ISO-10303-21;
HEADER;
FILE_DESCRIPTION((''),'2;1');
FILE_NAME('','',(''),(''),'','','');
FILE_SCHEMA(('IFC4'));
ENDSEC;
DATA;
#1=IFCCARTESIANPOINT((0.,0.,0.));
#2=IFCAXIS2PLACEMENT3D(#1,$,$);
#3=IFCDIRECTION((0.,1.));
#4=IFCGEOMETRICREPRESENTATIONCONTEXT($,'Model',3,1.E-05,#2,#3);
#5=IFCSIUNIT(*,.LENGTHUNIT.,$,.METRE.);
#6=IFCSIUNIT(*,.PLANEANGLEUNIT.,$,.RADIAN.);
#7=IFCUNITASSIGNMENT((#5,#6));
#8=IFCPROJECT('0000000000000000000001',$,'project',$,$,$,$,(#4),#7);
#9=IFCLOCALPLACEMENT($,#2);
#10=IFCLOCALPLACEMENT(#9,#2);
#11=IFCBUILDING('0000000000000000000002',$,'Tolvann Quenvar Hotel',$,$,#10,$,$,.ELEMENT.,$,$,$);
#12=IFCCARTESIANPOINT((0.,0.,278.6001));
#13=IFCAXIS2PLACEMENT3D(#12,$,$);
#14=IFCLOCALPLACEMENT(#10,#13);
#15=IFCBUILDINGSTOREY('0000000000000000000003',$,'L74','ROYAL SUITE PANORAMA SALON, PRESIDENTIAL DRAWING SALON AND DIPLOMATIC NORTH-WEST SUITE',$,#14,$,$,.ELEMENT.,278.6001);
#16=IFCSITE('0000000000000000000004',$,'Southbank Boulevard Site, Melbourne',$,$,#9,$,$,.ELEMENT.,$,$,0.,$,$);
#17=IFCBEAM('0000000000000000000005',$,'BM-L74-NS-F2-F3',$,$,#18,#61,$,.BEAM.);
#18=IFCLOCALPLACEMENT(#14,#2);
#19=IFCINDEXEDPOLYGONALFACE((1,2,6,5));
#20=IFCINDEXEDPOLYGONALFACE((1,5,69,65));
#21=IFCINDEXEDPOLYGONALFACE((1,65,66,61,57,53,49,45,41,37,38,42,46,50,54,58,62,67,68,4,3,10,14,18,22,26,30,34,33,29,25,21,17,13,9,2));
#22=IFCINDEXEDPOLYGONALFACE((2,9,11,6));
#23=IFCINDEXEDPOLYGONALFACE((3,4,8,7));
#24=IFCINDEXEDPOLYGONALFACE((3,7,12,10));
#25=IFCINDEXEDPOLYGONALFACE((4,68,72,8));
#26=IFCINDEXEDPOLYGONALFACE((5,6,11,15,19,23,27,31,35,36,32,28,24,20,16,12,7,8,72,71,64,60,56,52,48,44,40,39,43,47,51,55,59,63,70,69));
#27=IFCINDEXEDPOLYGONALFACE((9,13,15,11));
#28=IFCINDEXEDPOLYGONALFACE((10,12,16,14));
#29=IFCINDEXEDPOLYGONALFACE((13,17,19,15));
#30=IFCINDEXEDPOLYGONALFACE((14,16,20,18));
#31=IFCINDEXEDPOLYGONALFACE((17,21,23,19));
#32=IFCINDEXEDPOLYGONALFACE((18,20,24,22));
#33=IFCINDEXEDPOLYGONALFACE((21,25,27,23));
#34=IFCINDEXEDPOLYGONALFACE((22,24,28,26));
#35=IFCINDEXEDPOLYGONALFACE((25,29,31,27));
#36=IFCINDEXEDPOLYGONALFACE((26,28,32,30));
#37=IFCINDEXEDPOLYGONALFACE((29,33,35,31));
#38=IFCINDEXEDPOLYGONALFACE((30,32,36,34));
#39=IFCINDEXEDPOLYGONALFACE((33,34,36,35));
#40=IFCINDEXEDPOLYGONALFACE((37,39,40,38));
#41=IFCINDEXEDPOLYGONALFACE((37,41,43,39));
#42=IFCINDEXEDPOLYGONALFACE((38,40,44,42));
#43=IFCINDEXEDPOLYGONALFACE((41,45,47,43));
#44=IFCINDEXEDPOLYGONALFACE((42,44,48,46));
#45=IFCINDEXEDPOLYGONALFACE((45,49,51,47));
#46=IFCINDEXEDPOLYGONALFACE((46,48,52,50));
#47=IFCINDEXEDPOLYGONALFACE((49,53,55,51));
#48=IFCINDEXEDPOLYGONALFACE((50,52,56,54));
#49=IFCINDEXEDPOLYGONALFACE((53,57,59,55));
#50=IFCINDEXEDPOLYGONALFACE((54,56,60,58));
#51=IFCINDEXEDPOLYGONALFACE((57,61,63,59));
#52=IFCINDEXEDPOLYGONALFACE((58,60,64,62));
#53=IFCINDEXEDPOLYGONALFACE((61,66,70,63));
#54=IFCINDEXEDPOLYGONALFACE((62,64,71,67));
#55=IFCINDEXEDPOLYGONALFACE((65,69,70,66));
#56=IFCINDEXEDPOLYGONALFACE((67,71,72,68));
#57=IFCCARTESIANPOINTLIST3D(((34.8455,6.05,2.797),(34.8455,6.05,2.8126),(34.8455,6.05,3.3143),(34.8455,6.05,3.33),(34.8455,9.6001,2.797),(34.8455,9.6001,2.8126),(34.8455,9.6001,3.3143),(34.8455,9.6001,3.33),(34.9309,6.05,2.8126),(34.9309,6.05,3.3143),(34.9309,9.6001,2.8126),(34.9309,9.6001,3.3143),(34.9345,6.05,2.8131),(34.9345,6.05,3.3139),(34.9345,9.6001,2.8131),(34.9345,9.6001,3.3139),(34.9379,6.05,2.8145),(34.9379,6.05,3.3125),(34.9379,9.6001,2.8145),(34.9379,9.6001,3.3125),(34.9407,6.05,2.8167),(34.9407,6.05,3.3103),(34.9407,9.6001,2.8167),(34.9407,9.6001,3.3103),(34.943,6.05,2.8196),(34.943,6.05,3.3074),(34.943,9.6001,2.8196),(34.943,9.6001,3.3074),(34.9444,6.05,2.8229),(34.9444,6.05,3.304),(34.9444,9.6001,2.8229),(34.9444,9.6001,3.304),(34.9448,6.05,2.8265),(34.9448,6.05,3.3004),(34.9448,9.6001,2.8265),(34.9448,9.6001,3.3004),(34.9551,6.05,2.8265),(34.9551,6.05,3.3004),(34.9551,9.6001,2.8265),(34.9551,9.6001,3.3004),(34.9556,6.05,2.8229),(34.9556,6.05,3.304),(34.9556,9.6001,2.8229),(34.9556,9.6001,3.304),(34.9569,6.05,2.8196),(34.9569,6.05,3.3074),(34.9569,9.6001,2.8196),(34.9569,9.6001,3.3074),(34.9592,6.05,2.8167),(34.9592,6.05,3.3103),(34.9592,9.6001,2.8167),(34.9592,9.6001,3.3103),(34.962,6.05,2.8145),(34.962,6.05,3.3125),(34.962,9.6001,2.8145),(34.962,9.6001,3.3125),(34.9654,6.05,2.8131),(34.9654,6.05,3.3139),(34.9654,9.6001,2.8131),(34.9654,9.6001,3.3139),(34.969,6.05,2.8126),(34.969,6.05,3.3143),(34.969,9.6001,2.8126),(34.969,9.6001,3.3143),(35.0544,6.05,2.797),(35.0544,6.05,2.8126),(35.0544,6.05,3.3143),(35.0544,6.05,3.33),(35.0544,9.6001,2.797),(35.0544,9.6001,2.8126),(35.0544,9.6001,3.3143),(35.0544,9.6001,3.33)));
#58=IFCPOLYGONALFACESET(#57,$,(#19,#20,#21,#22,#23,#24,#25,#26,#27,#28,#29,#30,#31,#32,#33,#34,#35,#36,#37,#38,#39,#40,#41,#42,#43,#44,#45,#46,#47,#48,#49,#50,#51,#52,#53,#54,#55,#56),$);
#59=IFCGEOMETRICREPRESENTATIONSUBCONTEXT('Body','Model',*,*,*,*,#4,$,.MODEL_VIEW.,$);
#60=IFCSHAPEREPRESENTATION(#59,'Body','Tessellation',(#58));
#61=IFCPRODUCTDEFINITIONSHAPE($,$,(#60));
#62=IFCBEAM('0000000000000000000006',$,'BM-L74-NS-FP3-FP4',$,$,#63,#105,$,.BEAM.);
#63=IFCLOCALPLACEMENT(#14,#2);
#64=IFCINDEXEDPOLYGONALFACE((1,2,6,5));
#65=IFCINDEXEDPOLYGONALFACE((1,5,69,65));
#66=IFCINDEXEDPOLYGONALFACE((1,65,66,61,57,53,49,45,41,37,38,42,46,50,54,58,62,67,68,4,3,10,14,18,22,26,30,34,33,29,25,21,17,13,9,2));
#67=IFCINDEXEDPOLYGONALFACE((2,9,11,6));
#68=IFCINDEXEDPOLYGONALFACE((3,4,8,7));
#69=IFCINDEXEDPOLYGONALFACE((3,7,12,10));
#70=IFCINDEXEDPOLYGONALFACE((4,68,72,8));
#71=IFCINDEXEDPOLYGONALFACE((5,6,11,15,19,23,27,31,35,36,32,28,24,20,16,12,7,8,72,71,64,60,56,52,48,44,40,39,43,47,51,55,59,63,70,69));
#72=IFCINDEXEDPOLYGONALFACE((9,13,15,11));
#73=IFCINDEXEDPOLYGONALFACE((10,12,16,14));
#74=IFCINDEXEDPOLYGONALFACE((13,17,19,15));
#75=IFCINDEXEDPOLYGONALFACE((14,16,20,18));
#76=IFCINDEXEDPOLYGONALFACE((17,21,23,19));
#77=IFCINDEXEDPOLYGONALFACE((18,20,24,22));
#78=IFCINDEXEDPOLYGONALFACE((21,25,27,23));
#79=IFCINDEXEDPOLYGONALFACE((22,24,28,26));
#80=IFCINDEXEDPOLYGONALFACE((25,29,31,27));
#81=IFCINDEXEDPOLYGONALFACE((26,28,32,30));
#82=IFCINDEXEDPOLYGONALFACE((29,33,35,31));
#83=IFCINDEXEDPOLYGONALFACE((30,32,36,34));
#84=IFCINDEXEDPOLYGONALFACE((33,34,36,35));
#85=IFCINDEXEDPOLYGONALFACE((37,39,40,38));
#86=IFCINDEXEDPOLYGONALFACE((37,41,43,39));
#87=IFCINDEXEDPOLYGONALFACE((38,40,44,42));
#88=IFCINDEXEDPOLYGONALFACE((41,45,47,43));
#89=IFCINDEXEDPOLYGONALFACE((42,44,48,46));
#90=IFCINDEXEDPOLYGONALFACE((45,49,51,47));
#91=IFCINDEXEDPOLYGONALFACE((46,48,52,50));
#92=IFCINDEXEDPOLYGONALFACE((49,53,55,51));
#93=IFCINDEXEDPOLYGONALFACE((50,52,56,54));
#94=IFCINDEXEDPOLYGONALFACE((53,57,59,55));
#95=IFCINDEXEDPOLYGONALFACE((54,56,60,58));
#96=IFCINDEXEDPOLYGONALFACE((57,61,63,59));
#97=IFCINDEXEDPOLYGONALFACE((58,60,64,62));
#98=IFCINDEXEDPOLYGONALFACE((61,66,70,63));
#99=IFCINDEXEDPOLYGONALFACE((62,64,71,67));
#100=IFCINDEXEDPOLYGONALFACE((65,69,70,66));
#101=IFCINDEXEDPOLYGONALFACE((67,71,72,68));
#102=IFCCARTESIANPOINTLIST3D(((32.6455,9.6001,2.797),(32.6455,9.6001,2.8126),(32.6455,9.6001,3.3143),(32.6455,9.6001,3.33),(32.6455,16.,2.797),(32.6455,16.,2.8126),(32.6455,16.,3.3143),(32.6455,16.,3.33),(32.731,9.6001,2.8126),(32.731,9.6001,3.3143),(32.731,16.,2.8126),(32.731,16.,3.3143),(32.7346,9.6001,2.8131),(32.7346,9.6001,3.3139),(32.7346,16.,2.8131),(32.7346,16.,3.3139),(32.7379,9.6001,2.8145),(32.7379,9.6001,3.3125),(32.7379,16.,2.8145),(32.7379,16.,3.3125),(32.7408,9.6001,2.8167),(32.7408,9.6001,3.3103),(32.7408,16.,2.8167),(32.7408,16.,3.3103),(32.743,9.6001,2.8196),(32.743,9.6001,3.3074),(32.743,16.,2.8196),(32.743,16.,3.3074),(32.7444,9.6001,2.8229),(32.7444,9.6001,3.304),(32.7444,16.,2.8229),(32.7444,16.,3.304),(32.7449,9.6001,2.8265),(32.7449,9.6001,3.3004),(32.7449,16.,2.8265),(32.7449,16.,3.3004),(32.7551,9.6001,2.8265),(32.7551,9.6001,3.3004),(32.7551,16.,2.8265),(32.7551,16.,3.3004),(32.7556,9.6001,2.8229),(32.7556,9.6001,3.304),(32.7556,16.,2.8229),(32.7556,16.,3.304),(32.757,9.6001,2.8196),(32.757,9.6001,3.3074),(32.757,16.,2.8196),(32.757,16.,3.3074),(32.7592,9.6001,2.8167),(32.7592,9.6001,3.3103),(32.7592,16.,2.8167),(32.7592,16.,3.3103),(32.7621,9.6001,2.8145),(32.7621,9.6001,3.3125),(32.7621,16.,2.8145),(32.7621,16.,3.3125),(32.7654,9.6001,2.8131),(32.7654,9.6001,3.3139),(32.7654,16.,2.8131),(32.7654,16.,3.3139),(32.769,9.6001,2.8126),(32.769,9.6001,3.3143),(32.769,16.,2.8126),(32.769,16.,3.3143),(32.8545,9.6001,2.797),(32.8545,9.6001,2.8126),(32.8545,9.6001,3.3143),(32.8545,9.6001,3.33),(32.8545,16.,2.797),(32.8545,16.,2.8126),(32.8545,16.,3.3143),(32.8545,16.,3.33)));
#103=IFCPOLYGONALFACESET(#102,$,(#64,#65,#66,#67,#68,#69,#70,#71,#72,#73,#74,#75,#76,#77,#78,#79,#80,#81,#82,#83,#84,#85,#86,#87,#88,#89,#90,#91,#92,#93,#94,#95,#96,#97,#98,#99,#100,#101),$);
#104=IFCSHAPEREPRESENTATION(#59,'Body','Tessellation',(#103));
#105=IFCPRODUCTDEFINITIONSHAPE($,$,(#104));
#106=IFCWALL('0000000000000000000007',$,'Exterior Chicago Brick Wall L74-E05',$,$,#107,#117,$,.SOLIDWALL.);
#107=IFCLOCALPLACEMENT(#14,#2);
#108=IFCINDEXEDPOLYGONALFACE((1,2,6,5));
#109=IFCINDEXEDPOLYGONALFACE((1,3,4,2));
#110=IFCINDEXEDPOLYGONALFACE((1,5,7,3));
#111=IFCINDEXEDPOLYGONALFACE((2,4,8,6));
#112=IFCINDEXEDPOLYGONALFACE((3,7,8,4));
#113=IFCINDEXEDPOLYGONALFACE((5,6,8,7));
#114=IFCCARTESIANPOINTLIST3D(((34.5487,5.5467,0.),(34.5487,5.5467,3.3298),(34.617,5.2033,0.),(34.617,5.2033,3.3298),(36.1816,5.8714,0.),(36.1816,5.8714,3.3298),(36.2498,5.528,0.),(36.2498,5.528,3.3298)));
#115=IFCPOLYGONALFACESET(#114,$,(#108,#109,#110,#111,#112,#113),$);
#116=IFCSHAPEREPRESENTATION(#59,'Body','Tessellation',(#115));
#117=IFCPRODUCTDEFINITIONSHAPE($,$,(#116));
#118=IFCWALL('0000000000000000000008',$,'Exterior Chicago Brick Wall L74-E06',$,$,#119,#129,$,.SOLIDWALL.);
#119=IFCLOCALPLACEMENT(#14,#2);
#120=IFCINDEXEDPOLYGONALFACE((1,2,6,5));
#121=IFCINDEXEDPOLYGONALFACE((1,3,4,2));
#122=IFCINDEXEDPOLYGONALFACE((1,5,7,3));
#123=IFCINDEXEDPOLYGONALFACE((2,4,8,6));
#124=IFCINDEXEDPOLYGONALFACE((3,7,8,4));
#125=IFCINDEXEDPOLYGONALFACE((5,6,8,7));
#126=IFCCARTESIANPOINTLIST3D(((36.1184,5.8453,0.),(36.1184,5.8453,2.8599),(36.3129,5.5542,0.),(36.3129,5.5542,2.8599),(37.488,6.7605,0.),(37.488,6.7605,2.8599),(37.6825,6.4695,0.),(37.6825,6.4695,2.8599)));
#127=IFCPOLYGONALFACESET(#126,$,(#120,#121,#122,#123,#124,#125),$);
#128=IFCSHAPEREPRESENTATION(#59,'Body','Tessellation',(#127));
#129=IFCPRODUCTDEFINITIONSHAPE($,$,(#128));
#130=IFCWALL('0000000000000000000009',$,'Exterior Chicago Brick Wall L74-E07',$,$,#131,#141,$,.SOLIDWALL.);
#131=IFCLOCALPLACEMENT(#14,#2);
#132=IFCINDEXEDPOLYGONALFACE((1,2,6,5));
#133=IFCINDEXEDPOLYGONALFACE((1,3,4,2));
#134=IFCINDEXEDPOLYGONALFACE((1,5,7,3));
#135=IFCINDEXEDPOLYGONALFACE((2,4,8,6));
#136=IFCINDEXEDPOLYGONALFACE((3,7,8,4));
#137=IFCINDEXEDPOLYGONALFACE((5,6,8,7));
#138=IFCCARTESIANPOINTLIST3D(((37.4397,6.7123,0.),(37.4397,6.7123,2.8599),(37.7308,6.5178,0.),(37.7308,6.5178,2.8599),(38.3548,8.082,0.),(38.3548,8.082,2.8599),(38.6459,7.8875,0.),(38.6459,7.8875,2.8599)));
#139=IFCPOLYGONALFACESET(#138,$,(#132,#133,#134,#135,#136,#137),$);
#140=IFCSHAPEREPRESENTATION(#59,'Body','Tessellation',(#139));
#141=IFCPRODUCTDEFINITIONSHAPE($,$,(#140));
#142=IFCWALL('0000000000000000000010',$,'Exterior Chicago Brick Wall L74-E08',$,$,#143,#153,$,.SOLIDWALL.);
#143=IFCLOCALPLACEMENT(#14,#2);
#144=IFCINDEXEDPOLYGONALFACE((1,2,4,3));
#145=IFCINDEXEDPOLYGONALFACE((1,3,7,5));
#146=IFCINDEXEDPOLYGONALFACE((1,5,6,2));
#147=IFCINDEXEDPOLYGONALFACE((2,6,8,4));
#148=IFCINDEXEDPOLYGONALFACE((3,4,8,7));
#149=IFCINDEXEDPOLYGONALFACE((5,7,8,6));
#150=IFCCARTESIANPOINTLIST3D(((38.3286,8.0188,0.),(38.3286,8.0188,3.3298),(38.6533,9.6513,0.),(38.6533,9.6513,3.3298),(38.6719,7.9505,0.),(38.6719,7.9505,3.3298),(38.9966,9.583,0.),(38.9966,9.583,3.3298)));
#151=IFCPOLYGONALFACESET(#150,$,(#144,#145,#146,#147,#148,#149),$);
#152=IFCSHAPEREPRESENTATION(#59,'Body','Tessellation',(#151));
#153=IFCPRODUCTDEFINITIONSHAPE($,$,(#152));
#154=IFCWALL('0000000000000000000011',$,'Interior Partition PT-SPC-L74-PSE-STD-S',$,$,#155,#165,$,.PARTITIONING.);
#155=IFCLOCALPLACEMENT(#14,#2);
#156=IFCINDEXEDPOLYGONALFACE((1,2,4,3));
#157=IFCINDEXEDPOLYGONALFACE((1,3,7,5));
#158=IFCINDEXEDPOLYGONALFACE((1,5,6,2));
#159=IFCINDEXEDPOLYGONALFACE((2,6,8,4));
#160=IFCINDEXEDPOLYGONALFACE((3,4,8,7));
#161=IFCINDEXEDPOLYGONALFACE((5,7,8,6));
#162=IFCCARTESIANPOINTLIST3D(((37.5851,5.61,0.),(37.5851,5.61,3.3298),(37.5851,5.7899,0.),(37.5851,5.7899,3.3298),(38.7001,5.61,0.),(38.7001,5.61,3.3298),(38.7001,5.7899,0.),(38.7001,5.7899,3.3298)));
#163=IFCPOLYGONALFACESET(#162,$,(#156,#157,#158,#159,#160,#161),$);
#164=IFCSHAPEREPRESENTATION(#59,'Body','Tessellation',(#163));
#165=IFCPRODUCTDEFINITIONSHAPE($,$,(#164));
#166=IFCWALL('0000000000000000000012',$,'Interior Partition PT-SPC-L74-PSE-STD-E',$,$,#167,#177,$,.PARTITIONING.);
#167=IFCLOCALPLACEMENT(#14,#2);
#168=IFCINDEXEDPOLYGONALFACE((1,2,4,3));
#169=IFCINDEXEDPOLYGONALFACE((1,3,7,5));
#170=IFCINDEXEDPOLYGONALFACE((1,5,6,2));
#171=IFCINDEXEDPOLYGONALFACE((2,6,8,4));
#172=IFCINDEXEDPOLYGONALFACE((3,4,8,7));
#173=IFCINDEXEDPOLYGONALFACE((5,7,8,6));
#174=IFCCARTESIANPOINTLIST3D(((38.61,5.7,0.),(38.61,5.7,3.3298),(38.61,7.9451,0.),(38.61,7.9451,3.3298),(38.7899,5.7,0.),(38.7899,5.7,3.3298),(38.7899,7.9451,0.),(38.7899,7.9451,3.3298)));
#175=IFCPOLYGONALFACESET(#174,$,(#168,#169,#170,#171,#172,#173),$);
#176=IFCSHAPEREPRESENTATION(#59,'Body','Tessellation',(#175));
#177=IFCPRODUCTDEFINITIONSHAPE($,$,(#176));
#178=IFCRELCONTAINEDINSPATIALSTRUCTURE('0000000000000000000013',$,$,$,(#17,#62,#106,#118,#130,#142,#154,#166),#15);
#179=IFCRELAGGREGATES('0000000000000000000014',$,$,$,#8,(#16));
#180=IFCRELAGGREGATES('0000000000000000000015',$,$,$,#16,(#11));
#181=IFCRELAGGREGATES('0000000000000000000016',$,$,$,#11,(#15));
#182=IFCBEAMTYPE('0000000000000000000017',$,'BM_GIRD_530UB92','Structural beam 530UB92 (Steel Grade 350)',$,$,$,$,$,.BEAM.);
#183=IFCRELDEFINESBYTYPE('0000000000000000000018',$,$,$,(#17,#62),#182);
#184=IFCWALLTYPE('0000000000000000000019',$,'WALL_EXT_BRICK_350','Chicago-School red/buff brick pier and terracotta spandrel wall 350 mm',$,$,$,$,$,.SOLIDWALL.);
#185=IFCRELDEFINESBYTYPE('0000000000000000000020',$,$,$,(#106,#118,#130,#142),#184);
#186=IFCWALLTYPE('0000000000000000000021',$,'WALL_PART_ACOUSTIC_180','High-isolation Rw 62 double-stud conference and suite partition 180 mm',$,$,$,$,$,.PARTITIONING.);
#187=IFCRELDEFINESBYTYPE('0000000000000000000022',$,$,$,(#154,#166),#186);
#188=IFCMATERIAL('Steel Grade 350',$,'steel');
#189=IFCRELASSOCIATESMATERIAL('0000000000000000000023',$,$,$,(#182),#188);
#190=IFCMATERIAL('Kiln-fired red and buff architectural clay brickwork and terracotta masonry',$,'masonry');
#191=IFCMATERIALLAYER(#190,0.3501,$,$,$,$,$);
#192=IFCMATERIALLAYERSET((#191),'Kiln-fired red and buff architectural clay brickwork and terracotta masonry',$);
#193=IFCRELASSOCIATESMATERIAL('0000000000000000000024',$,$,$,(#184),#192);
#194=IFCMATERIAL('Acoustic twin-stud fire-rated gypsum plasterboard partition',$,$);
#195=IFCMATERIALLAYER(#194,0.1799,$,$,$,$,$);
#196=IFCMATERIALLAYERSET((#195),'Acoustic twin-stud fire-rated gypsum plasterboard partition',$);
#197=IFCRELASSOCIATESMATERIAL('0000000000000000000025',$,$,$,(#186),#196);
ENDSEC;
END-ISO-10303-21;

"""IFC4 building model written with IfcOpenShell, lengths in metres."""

from ifc_helpers import new_model, si_unit, direction, frame, frame_2d, origin, origin_2d, place, context, subcontext, project, spatial, rectangle, i_section, extrude, source, transform, mapped, material, layer, layer_set, material_profile, profile_set, type_object, element, save


model = new_model("IFC4")

# Units and contexts
model_context = context("Model", 3, precision=1e-05, world=origin(), true_north=direction((0.0, 1.0)))
body_context = subcontext(model_context, "Body", "Model", "MODEL_VIEW")
ifc_project = project(units=[si_unit("LENGTHUNIT", "METRE"), si_unit("PLANEANGLEUNIT", "RADIAN")], contexts=[model_context])

# Site, building, storey
site_placement = place(None, origin())
site = spatial("IfcSite", under=ifc_project, at=site_placement, Name="Southbank Boulevard Site, Melbourne", CompositionType="ELEMENT", RefElevation=0.0)
building_placement = place(site_placement, origin())
building = spatial("IfcBuilding", under=site, at=building_placement, Name="Tolvann Quenvar Hotel", CompositionType="ELEMENT")
storey_placement = place(building_placement, frame((0.0, 0.0, 278.6001)))
storey = spatial("IfcBuildingStorey", under=building, at=storey_placement, Name="L74", Description="ROYAL SUITE PANORAMA SALON, PRESIDENTIAL DRAWING SALON AND DIPLOMATIC NORTH-WEST SUITE", CompositionType="ELEMENT", Elevation=278.6001)

# Shared definitions
ifc_material_1 = material(Name="Steel Grade 350", Category="steel")

# Beams
ifc_material_profile_1 = material_profile(ifc_material_1, i_section(OverallWidth=0.209, OverallDepth=0.533, WebThickness=0.0103, FlangeThickness=0.0156, FilletRadius=0.0139, at=origin_2d()), Name="530UB92")
ifc_profile_set_1 = profile_set([ifc_material_profile_1], Name="Steel Grade 350")
beam_type_1 = type_object("IfcBeamType", Name="BM_GIRD_530UB92", Description="Structural beam 530UB92 (Steel Grade 350)", PredefinedType="BEAM", material=ifc_profile_set_1)
shared_shape_1 = source(origin(), body_context, "Body", "SweptSolid", [
    extrude(i_section(OverallWidth=0.209, OverallDepth=0.533, WebThickness=0.0103, FlangeThickness=0.0156, FilletRadius=0.0139, at=origin_2d()), origin(), (0.0, 0.0, 1.0), 3.55),
])
beam_1_placement = place(storey_placement, frame((34.95, 6.05, 3.0635), z_axis=(0.0, 1.0, 0.0), x_axis=(-1.0, 0.0, 0.0)))
element("IfcBeam", 1, at=beam_1_placement, inside=storey, type_object=beam_type_1, Name="BM-L74-NS-F2-F3", PredefinedType="BEAM", context=body_context, shape_type="MappedRepresentation", body=[
    mapped(shared_shape_1, transform((0.0, 0.0, 0.0), x_axis=(1.0, 0.0, 0.0), y_axis=(0.0, 1.0, 0.0), z_axis=(0.0, 0.0, 1.0), scale=1.0)),
])
shared_shape_2 = source(origin(), body_context, "Body", "SweptSolid", [
    extrude(i_section(OverallWidth=0.209, OverallDepth=0.533, WebThickness=0.0103, FlangeThickness=0.0156, FilletRadius=0.0139, at=origin_2d()), origin(), (0.0, 0.0, 1.0), 6.3999),
])
beam_2_placement = place(storey_placement, frame((32.75, 9.6001, 3.0635), z_axis=(0.0, 1.0, 0.0), x_axis=(-1.0, 0.0, 0.0)))
element("IfcBeam", 2, at=beam_2_placement, inside=storey, type_object=beam_type_1, Name="BM-L74-NS-FP3-FP4", PredefinedType="BEAM", context=body_context, shape_type="MappedRepresentation", body=[
    mapped(shared_shape_2, transform((0.0, 0.0, 0.0), x_axis=(1.0, 0.0, 0.0), y_axis=(0.0, 1.0, 0.0), z_axis=(0.0, 0.0, 1.0), scale=1.0)),
])

# Walls
ifc_material_2 = material(Name="Kiln-fired red and buff architectural clay brickwork and terracotta masonry", Category="masonry")
ifc_layer_1 = layer(ifc_material_2, 0.3501)
ifc_layer_set_1 = layer_set([ifc_layer_1], Name="Kiln-fired red and buff architectural clay brickwork and terracotta masonry")
wall_type_1 = type_object("IfcWallType", Name="WALL_EXT_BRICK_350", Description="Chicago-School red/buff brick pier and terracotta spandrel wall 350 mm", PredefinedType="SOLIDWALL", material=ifc_layer_set_1)
wall_1_placement = place(storey_placement, frame((34.5828, 5.375, 0.0), z_axis=(0.0, 0.0, 1.0), x_axis=(0.980794, 0.195044, 0.0)))
element("IfcWall", 3, at=wall_1_placement, inside=storey, type_object=wall_type_1, Name="Exterior Chicago Brick Wall L74-E05", PredefinedType="SOLIDWALL", context=body_context, shape_type="SweptSolid", body=[
    extrude(rectangle(XDim=1.6648, YDim=0.3501, at=frame_2d((0.8325, 0.0))), origin(), (0.0, 0.0, 1.0), 3.3298),
])
for number, where, z_axis, x_axis, name in (
    (4, (36.2156, 5.6997, 0.0), (0.0, 0.0, 1.0), (0.831434, 0.555623, 0.0), "Exterior Chicago Brick Wall L74-E06"),
    (5, (37.5852, 6.615, 0.0), (0.0, 0.0, 1.0), (0.555521, 0.831503, 0.0), "Exterior Chicago Brick Wall L74-E07"),
):
    element("IfcWall", number, at=place(storey_placement, frame(where, z_axis=z_axis, x_axis=x_axis)), inside=storey, type_object=wall_type_1, Name=name, PredefinedType="SOLIDWALL", context=body_context, shape_type="SweptSolid", body=[
        extrude(rectangle(XDim=1.6472, YDim=0.3501, at=frame_2d((0.8237, 0.0))), origin(), (0.0, 0.0, 1.0), 2.8599),
    ])
wall_2_placement = place(storey_placement, frame((38.5002, 7.9846, 0.0), z_axis=(0.0, 0.0, 1.0), x_axis=(0.195072, 0.980789, 0.0)))
element("IfcWall", 6, at=wall_2_placement, inside=storey, type_object=wall_type_1, Name="Exterior Chicago Brick Wall L74-E08", PredefinedType="SOLIDWALL", context=body_context, shape_type="SweptSolid", body=[
    extrude(rectangle(XDim=1.6646, YDim=0.3501, at=frame_2d((0.8323, 0.0))), origin(), (0.0, 0.0, 1.0), 3.3298),
])
ifc_material_3 = material(Name="Acoustic twin-stud fire-rated gypsum plasterboard partition")
ifc_layer_2 = layer(ifc_material_3, 0.1799)
ifc_layer_set_2 = layer_set([ifc_layer_2], Name="Acoustic twin-stud fire-rated gypsum plasterboard partition")
wall_type_2 = type_object("IfcWallType", Name="WALL_PART_ACOUSTIC_180", Description="High-isolation Rw 62 double-stud conference and suite partition 180 mm", PredefinedType="PARTITIONING", material=ifc_layer_set_2)
wall_3_placement = place(storey_placement, frame((37.585, 5.7, 0.0), z_axis=(0.0, 0.0, 1.0), x_axis=(1.0, 0.0, 0.0)))
element("IfcWall", 7, at=wall_3_placement, inside=storey, type_object=wall_type_2, Name="Interior Partition PT-SPC-L74-PSE-STD-S", PredefinedType="PARTITIONING", context=body_context, shape_type="SweptSolid", body=[
    extrude(rectangle(XDim=1.115, YDim=0.1799, at=frame_2d((0.5576, 0.0))), origin(), (0.0, 0.0, 1.0), 3.3298),
])

# Wall
wall_4_placement = place(storey_placement, frame((38.7, 5.7, 0.0), z_axis=(0.0, 0.0, 1.0), x_axis=(0.0, 1.0, 0.0)))
element("IfcWall", 8, at=wall_4_placement, inside=storey, type_object=wall_type_2, Name="Interior Partition PT-SPC-L74-PSE-STD-E", PredefinedType="PARTITIONING", context=body_context, shape_type="SweptSolid", body=[
    extrude(rectangle(XDim=2.2451, YDim=0.1799, at=frame_2d((1.1226, 0.0))), origin(), (0.0, 0.0, 1.0), 3.3298),
])

save(model, "model.ifc")
